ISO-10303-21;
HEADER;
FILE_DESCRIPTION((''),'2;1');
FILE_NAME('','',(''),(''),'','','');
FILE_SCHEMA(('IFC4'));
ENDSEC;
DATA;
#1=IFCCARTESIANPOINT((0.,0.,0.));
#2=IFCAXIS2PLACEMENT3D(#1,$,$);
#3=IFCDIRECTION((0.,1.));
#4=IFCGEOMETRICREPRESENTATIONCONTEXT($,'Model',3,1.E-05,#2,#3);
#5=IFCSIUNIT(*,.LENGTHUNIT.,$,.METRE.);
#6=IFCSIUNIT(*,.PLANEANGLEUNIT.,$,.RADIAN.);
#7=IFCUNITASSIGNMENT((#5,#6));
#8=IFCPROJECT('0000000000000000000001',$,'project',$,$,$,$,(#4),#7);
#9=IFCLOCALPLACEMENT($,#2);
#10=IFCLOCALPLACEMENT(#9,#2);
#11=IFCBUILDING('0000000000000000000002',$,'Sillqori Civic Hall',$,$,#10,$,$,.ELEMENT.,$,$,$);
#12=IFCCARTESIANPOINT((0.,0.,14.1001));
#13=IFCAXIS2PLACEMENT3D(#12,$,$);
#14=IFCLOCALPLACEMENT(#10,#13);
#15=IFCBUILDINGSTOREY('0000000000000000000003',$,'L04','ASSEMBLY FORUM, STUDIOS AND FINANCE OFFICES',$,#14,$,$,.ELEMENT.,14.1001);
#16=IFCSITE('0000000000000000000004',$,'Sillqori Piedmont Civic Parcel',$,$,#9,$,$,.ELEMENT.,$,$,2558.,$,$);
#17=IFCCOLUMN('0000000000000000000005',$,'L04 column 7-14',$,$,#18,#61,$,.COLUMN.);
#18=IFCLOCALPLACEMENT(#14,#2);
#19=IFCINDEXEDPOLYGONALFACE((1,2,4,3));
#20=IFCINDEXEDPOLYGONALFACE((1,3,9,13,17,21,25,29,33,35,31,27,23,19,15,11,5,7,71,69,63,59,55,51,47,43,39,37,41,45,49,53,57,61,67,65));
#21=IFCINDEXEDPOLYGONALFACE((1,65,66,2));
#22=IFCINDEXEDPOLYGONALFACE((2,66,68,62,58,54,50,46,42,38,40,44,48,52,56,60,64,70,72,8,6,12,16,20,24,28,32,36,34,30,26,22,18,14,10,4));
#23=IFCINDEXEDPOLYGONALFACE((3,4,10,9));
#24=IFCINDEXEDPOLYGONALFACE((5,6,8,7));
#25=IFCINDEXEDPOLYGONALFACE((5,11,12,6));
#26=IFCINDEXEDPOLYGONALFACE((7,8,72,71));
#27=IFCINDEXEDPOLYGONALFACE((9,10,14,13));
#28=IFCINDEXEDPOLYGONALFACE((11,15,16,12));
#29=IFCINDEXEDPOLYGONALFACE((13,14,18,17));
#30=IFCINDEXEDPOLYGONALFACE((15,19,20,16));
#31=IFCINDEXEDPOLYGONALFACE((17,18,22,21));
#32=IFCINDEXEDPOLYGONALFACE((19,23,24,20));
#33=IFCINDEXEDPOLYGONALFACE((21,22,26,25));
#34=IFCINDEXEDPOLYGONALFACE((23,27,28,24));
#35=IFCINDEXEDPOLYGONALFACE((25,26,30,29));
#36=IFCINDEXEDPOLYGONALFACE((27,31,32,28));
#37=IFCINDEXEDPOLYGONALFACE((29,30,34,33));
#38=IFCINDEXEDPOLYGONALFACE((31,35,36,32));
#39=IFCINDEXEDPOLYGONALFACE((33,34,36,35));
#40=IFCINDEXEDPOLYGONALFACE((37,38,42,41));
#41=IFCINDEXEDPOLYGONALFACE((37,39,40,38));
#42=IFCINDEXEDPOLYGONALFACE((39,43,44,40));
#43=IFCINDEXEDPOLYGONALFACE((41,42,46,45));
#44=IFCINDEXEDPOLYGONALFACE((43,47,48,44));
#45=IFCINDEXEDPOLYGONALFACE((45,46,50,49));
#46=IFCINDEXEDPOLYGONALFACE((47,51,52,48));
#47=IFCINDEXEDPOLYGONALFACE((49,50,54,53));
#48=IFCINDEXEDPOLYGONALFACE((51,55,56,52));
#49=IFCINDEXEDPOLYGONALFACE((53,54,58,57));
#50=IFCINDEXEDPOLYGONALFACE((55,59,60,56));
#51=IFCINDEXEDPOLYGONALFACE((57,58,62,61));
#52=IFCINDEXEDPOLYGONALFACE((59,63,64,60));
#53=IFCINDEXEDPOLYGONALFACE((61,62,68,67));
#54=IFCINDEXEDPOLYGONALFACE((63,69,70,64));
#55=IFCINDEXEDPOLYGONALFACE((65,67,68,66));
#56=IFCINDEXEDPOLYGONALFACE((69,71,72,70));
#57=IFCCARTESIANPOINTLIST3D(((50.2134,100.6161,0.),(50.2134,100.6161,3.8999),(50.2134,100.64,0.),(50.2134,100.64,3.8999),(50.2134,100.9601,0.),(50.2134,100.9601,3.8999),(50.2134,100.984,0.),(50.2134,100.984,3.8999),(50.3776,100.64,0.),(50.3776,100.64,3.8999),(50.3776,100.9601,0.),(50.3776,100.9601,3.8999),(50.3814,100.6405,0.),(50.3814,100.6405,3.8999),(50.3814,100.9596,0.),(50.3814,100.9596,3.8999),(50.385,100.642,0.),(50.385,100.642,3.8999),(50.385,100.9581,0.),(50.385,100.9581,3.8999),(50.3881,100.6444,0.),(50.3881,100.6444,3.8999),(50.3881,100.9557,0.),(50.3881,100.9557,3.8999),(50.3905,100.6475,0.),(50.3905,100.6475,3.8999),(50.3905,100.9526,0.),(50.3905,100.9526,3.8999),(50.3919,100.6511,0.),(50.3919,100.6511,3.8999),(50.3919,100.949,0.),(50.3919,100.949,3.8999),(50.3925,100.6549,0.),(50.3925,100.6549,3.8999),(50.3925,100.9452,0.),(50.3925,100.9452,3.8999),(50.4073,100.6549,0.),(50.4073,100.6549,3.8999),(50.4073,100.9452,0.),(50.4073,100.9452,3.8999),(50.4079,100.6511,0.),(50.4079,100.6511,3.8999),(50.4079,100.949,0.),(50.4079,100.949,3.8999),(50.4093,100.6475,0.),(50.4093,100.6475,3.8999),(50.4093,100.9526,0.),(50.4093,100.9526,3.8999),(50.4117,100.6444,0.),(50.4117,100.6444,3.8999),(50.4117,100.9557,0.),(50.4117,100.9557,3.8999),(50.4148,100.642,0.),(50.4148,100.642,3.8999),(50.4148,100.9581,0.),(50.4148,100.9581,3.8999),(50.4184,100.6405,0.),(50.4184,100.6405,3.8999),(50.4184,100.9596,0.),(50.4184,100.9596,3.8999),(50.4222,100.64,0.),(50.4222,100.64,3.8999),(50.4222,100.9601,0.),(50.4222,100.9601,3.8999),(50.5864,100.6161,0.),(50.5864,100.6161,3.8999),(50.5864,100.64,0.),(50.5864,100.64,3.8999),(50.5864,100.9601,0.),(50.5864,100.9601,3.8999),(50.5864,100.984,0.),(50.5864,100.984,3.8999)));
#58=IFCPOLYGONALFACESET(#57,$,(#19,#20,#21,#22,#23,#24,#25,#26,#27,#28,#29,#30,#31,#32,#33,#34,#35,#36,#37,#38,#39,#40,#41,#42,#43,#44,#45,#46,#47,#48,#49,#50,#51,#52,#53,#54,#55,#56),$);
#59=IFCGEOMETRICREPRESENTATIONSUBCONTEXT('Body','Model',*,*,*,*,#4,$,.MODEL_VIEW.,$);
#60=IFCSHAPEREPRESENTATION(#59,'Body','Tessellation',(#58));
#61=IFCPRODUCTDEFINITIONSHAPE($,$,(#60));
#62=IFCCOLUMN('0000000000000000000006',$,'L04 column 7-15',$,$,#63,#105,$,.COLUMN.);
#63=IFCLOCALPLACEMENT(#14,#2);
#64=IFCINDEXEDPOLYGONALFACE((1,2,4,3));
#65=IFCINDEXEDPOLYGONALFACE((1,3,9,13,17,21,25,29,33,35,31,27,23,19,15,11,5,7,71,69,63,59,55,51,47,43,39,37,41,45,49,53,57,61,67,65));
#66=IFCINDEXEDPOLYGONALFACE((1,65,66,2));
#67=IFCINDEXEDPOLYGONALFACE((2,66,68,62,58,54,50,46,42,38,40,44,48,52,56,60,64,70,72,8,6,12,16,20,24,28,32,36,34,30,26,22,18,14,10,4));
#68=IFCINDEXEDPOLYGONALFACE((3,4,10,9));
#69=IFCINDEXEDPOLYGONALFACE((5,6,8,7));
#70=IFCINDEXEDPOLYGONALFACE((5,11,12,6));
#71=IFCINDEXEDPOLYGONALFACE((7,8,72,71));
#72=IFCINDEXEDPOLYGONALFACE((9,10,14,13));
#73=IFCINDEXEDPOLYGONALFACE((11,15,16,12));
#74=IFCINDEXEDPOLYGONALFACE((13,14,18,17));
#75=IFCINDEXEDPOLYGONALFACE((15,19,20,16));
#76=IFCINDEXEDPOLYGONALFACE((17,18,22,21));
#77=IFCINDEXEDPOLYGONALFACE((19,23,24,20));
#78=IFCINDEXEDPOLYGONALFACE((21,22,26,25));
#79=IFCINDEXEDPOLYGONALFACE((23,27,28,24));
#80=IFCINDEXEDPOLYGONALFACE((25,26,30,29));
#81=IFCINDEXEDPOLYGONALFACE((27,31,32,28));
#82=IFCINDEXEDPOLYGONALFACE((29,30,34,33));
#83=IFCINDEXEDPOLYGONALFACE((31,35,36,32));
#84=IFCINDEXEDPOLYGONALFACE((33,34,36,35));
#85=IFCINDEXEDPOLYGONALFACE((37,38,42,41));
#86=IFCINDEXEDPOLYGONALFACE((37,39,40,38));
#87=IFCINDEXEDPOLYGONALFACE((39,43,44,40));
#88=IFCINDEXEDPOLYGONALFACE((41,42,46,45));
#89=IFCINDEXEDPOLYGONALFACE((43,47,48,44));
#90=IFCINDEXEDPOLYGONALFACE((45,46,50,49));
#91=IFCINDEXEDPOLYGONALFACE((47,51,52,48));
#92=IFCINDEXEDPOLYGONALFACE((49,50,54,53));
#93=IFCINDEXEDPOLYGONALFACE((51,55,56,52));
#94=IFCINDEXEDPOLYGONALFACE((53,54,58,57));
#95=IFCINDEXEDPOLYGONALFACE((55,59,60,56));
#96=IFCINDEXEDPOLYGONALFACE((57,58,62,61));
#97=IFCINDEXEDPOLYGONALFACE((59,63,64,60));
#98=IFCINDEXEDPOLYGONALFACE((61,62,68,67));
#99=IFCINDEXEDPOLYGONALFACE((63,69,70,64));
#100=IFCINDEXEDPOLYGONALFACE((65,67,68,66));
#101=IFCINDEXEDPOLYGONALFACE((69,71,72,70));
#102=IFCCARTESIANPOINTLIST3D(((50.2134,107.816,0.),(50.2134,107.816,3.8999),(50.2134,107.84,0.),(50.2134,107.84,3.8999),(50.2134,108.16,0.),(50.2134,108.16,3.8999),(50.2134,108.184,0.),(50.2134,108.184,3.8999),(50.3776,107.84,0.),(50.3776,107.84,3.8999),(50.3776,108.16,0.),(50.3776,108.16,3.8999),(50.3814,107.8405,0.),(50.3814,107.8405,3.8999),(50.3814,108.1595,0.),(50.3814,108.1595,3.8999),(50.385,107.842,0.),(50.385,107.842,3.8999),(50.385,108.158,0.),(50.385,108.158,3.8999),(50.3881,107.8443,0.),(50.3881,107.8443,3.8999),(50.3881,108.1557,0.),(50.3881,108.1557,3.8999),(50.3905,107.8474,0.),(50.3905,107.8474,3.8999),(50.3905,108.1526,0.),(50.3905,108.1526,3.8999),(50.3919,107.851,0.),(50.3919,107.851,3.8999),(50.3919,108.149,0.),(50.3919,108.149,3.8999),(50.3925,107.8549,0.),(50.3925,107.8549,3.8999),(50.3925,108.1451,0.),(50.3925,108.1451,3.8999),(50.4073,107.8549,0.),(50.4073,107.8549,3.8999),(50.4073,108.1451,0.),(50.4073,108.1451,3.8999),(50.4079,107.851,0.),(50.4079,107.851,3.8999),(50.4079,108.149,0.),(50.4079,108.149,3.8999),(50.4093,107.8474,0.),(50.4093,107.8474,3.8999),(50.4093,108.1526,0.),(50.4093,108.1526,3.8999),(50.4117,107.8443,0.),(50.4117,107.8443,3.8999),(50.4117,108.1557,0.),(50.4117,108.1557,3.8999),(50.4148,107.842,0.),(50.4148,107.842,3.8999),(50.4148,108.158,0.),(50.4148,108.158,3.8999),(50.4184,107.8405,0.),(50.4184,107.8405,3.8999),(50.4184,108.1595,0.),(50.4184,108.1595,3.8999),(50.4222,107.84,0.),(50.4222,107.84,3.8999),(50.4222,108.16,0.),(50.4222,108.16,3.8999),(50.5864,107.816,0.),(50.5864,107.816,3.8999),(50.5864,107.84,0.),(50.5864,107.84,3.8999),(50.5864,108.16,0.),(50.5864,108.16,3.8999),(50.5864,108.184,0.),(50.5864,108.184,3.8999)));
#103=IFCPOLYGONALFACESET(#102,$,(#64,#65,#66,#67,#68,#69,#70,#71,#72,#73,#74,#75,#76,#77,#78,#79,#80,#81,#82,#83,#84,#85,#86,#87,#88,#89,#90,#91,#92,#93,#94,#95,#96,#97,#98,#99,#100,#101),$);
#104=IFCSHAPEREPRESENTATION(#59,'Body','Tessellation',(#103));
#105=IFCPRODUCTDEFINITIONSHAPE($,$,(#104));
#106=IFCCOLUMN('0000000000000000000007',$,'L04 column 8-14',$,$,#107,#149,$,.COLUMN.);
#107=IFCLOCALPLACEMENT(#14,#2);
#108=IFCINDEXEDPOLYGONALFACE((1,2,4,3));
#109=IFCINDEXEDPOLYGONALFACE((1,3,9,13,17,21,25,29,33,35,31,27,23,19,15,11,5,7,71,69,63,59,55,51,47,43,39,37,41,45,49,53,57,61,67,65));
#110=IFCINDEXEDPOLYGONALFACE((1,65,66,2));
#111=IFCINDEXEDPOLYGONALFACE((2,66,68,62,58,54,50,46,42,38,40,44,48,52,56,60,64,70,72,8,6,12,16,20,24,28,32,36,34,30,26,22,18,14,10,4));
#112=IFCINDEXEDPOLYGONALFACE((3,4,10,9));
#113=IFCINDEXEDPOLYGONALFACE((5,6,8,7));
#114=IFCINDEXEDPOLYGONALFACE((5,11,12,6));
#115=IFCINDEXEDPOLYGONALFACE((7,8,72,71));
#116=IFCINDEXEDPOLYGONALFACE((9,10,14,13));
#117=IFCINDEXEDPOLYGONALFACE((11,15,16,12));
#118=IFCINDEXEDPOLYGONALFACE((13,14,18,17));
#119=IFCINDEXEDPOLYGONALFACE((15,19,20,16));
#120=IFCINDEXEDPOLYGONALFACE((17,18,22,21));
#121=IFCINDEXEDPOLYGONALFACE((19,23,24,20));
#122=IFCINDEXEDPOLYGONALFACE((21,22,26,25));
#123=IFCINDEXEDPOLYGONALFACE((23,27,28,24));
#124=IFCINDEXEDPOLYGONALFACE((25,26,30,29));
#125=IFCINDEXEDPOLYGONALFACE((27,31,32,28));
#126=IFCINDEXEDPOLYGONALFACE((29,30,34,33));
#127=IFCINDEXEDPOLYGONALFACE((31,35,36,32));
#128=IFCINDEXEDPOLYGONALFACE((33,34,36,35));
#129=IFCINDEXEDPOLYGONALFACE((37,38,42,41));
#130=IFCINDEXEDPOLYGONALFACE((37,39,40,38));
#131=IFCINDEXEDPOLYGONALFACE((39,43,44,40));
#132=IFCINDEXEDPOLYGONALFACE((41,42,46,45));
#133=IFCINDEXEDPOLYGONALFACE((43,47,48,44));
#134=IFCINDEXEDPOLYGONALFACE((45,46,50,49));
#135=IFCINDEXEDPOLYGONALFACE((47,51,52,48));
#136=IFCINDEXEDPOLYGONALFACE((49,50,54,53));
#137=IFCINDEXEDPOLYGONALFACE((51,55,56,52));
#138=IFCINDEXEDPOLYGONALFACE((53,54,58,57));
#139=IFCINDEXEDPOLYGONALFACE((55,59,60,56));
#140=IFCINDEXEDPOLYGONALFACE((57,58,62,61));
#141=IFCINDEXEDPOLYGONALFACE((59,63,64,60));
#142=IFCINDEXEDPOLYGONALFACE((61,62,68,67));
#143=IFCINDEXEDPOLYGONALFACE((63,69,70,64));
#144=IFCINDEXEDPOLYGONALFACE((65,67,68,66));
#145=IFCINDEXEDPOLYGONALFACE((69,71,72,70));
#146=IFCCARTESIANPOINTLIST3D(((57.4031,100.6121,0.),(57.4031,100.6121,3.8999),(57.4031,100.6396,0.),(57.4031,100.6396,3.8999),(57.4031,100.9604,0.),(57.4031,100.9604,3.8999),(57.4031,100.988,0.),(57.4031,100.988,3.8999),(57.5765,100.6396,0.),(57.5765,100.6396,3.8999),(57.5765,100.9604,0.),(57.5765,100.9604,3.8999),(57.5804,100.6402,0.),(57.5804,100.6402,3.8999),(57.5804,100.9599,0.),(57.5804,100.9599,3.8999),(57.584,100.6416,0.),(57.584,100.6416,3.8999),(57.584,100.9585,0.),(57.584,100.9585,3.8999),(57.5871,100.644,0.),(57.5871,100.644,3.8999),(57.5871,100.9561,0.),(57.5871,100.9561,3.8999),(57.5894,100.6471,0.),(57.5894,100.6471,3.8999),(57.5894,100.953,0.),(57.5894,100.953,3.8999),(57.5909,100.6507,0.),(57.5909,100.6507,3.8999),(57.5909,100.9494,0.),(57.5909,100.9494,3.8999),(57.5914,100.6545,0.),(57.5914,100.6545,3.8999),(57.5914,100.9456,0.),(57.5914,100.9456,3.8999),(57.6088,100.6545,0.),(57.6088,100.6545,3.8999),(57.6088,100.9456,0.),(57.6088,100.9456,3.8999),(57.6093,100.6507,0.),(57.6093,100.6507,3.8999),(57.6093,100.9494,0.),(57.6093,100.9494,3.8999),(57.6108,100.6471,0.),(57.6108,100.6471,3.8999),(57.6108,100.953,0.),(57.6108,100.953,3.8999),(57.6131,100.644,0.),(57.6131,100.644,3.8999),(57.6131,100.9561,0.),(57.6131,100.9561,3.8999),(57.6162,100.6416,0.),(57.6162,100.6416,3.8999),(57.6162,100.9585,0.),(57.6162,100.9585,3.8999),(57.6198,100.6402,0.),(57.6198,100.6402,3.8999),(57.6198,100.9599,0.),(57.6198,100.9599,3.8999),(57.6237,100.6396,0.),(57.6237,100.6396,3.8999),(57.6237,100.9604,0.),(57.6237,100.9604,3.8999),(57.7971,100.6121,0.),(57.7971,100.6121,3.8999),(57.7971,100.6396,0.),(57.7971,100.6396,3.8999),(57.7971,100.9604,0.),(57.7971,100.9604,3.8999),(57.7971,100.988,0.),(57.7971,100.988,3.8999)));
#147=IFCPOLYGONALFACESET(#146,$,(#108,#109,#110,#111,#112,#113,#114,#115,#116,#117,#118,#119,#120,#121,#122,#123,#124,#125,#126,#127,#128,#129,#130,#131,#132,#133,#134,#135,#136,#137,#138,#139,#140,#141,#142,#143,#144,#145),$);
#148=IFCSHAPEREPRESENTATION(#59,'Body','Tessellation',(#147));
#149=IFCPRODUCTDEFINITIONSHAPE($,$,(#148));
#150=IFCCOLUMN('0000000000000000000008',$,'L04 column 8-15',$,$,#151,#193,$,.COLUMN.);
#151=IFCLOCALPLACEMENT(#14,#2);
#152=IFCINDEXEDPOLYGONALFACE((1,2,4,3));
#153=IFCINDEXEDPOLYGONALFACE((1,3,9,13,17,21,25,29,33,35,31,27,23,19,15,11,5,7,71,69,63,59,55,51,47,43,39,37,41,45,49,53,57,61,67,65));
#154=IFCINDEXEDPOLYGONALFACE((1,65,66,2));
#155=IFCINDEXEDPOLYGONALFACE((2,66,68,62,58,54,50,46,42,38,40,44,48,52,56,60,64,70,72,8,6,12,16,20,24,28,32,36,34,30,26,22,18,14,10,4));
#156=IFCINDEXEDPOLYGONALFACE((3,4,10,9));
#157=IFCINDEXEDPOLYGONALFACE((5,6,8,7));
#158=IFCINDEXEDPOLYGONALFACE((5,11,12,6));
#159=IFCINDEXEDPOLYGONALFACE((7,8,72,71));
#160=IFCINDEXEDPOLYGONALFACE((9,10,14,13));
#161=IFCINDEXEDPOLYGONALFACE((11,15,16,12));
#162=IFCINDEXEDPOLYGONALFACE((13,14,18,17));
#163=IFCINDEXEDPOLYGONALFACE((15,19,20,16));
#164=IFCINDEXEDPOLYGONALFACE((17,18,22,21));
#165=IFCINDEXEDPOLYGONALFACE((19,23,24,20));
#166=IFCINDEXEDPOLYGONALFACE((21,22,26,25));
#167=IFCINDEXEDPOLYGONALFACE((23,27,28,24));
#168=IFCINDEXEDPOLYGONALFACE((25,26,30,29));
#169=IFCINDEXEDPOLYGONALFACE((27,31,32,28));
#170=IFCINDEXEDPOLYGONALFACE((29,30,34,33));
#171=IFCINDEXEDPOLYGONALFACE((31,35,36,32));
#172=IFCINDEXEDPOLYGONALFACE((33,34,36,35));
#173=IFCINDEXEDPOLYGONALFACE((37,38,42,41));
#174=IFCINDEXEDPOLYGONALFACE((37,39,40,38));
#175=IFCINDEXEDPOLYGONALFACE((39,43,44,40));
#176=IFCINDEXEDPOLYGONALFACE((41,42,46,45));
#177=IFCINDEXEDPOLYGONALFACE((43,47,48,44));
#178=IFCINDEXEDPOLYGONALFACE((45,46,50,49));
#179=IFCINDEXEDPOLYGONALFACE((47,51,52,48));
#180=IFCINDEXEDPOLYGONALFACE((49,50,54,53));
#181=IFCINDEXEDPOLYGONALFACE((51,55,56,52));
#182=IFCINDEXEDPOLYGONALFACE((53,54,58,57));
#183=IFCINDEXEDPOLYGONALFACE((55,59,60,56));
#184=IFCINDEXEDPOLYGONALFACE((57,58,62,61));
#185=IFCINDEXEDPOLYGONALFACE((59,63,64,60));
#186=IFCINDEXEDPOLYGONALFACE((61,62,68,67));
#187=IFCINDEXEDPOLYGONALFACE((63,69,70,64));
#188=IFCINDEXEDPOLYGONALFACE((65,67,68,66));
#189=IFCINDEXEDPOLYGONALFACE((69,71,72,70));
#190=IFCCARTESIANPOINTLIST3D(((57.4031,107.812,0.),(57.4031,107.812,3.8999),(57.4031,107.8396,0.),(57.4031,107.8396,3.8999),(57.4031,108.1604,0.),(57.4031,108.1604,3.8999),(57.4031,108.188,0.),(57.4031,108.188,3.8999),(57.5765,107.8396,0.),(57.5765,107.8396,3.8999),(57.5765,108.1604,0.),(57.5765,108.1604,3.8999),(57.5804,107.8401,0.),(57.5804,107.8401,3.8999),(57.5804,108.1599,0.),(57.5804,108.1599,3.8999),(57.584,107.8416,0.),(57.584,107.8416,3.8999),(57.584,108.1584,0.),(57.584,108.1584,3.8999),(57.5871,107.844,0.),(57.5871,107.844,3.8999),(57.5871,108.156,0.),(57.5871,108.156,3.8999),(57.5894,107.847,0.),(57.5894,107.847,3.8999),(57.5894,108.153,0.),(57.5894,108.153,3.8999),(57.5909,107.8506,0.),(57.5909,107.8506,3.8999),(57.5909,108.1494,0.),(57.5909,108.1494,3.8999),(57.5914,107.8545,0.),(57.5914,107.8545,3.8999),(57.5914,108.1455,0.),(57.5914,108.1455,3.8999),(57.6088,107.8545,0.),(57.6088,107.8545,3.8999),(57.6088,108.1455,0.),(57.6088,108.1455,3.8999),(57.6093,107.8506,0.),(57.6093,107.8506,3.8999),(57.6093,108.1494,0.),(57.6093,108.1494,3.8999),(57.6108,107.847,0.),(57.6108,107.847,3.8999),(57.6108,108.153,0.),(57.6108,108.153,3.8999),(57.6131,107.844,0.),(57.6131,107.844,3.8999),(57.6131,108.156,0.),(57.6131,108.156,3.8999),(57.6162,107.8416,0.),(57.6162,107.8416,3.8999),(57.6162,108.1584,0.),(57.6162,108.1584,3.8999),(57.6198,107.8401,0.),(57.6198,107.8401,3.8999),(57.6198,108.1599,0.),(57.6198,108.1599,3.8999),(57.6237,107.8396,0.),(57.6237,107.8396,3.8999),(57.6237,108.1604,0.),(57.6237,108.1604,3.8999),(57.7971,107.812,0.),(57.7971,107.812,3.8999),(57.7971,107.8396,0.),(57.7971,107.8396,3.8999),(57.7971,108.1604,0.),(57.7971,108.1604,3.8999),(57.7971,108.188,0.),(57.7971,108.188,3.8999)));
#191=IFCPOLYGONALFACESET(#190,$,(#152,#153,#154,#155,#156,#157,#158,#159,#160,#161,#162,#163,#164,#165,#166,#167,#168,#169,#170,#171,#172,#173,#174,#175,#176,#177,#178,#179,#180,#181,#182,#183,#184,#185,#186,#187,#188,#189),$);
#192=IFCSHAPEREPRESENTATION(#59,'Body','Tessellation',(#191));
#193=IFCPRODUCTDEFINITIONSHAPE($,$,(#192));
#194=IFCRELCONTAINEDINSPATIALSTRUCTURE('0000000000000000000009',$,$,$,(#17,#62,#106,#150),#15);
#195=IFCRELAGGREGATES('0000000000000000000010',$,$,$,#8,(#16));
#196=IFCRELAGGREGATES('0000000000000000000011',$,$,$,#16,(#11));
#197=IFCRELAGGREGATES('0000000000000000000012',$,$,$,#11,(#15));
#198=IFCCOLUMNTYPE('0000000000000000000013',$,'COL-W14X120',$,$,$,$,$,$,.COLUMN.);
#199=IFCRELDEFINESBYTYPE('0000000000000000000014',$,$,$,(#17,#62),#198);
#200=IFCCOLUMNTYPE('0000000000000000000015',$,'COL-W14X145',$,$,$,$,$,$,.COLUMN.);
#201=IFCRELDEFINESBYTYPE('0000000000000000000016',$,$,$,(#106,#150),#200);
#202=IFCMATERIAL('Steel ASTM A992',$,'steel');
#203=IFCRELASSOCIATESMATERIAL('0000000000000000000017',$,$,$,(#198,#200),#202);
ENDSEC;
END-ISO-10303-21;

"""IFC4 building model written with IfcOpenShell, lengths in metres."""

from ifc_helpers import new_model, si_unit, direction, frame, origin, origin_2d, place, context, subcontext, project, spatial, i_section, extrude, material, material_profile, profile_set, type_object, element, save


model = new_model("IFC4")

# Units and contexts
model_context = context("Model", 3, precision=1e-05, world=origin(), true_north=direction((0.0, 1.0)))
body_context = subcontext(model_context, "Body", "Model", "MODEL_VIEW")
ifc_project = project(units=[si_unit("LENGTHUNIT", "METRE"), si_unit("PLANEANGLEUNIT", "RADIAN")], contexts=[model_context])

# Site, building, storey
site_placement = place(None, origin())
site = spatial("IfcSite", under=ifc_project, at=site_placement, Name="Sillqori Piedmont Civic Parcel", CompositionType="ELEMENT", RefElevation=2558.0)
building_placement = place(site_placement, origin())
building = spatial("IfcBuilding", under=site, at=building_placement, Name="Sillqori Civic Hall", CompositionType="ELEMENT")
storey_placement = place(building_placement, frame((0.0, 0.0, 14.1001)))
storey = spatial("IfcBuildingStorey", under=building, at=storey_placement, Name="L04", Description="ASSEMBLY FORUM, STUDIOS AND FINANCE OFFICES", CompositionType="ELEMENT", Elevation=14.1001)

# Columns
ifc_material_1 = material(Name="Steel ASTM A992", Category="steel")
ifc_material_profile_1 = material_profile(ifc_material_1, i_section(OverallWidth=0.373, OverallDepth=0.3679, WebThickness=0.0149, FlangeThickness=0.0239, FilletRadius=0.0149, at=origin_2d()), Name="W14X120")
ifc_profile_set_1 = profile_set([ifc_material_profile_1], Name="Steel ASTM A992")
column_type_1 = type_object("IfcColumnType", Name="COL-W14X120", PredefinedType="COLUMN", material=ifc_profile_set_1)
for number, where, z_axis, x_axis, name in (
    (1, (50.3999, 100.8, 0.0), (0.0, 0.0, 1.0), (1.0, 0.0, 0.0), "L04 column 7-14"),
    (2, (50.3999, 108.0, 0.0), (0.0, 0.0, 1.0), (1.0, 0.0, 0.0), "L04 column 7-15"),
):
    element("IfcColumn", number, at=place(storey_placement, frame(where, z_axis=z_axis, x_axis=x_axis)), inside=storey, type_object=column_type_1, Name=name, PredefinedType="COLUMN", context=body_context, shape_type="SweptSolid", body=[
        extrude(i_section(OverallWidth=0.373, OverallDepth=0.3679, WebThickness=0.0149, FlangeThickness=0.0239, FilletRadius=0.0149, at=origin_2d()), origin(), (0.0, 0.0, 1.0), 3.8999),
    ])
ifc_material_profile_2 = material_profile(ifc_material_1, i_section(OverallWidth=0.394, OverallDepth=0.376, WebThickness=0.0173, FlangeThickness=0.0276, FilletRadius=0.0149, at=origin_2d()), Name="W14X145")
ifc_profile_set_2 = profile_set([ifc_material_profile_2], Name="Steel ASTM A992")
column_type_2 = type_object("IfcColumnType", Name="COL-W14X145", PredefinedType="COLUMN", material=ifc_profile_set_2)
for number, where, z_axis, x_axis, name in (
    (3, (57.6001, 100.8, 0.0), (0.0, 0.0, 1.0), (1.0, 0.0, 0.0), "L04 column 8-14"),
    (4, (57.6001, 108.0, 0.0), (0.0, 0.0, 1.0), (1.0, 0.0, 0.0), "L04 column 8-15"),
):
    element("IfcColumn", number, at=place(storey_placement, frame(where, z_axis=z_axis, x_axis=x_axis)), inside=storey, type_object=column_type_2, Name=name, PredefinedType="COLUMN", context=body_context, shape_type="SweptSolid", body=[
        extrude(i_section(OverallWidth=0.394, OverallDepth=0.376, WebThickness=0.0173, FlangeThickness=0.0276, FilletRadius=0.0149, at=origin_2d()), origin(), (0.0, 0.0, 1.0), 3.8999),
    ])

save(model, "model.ifc")
